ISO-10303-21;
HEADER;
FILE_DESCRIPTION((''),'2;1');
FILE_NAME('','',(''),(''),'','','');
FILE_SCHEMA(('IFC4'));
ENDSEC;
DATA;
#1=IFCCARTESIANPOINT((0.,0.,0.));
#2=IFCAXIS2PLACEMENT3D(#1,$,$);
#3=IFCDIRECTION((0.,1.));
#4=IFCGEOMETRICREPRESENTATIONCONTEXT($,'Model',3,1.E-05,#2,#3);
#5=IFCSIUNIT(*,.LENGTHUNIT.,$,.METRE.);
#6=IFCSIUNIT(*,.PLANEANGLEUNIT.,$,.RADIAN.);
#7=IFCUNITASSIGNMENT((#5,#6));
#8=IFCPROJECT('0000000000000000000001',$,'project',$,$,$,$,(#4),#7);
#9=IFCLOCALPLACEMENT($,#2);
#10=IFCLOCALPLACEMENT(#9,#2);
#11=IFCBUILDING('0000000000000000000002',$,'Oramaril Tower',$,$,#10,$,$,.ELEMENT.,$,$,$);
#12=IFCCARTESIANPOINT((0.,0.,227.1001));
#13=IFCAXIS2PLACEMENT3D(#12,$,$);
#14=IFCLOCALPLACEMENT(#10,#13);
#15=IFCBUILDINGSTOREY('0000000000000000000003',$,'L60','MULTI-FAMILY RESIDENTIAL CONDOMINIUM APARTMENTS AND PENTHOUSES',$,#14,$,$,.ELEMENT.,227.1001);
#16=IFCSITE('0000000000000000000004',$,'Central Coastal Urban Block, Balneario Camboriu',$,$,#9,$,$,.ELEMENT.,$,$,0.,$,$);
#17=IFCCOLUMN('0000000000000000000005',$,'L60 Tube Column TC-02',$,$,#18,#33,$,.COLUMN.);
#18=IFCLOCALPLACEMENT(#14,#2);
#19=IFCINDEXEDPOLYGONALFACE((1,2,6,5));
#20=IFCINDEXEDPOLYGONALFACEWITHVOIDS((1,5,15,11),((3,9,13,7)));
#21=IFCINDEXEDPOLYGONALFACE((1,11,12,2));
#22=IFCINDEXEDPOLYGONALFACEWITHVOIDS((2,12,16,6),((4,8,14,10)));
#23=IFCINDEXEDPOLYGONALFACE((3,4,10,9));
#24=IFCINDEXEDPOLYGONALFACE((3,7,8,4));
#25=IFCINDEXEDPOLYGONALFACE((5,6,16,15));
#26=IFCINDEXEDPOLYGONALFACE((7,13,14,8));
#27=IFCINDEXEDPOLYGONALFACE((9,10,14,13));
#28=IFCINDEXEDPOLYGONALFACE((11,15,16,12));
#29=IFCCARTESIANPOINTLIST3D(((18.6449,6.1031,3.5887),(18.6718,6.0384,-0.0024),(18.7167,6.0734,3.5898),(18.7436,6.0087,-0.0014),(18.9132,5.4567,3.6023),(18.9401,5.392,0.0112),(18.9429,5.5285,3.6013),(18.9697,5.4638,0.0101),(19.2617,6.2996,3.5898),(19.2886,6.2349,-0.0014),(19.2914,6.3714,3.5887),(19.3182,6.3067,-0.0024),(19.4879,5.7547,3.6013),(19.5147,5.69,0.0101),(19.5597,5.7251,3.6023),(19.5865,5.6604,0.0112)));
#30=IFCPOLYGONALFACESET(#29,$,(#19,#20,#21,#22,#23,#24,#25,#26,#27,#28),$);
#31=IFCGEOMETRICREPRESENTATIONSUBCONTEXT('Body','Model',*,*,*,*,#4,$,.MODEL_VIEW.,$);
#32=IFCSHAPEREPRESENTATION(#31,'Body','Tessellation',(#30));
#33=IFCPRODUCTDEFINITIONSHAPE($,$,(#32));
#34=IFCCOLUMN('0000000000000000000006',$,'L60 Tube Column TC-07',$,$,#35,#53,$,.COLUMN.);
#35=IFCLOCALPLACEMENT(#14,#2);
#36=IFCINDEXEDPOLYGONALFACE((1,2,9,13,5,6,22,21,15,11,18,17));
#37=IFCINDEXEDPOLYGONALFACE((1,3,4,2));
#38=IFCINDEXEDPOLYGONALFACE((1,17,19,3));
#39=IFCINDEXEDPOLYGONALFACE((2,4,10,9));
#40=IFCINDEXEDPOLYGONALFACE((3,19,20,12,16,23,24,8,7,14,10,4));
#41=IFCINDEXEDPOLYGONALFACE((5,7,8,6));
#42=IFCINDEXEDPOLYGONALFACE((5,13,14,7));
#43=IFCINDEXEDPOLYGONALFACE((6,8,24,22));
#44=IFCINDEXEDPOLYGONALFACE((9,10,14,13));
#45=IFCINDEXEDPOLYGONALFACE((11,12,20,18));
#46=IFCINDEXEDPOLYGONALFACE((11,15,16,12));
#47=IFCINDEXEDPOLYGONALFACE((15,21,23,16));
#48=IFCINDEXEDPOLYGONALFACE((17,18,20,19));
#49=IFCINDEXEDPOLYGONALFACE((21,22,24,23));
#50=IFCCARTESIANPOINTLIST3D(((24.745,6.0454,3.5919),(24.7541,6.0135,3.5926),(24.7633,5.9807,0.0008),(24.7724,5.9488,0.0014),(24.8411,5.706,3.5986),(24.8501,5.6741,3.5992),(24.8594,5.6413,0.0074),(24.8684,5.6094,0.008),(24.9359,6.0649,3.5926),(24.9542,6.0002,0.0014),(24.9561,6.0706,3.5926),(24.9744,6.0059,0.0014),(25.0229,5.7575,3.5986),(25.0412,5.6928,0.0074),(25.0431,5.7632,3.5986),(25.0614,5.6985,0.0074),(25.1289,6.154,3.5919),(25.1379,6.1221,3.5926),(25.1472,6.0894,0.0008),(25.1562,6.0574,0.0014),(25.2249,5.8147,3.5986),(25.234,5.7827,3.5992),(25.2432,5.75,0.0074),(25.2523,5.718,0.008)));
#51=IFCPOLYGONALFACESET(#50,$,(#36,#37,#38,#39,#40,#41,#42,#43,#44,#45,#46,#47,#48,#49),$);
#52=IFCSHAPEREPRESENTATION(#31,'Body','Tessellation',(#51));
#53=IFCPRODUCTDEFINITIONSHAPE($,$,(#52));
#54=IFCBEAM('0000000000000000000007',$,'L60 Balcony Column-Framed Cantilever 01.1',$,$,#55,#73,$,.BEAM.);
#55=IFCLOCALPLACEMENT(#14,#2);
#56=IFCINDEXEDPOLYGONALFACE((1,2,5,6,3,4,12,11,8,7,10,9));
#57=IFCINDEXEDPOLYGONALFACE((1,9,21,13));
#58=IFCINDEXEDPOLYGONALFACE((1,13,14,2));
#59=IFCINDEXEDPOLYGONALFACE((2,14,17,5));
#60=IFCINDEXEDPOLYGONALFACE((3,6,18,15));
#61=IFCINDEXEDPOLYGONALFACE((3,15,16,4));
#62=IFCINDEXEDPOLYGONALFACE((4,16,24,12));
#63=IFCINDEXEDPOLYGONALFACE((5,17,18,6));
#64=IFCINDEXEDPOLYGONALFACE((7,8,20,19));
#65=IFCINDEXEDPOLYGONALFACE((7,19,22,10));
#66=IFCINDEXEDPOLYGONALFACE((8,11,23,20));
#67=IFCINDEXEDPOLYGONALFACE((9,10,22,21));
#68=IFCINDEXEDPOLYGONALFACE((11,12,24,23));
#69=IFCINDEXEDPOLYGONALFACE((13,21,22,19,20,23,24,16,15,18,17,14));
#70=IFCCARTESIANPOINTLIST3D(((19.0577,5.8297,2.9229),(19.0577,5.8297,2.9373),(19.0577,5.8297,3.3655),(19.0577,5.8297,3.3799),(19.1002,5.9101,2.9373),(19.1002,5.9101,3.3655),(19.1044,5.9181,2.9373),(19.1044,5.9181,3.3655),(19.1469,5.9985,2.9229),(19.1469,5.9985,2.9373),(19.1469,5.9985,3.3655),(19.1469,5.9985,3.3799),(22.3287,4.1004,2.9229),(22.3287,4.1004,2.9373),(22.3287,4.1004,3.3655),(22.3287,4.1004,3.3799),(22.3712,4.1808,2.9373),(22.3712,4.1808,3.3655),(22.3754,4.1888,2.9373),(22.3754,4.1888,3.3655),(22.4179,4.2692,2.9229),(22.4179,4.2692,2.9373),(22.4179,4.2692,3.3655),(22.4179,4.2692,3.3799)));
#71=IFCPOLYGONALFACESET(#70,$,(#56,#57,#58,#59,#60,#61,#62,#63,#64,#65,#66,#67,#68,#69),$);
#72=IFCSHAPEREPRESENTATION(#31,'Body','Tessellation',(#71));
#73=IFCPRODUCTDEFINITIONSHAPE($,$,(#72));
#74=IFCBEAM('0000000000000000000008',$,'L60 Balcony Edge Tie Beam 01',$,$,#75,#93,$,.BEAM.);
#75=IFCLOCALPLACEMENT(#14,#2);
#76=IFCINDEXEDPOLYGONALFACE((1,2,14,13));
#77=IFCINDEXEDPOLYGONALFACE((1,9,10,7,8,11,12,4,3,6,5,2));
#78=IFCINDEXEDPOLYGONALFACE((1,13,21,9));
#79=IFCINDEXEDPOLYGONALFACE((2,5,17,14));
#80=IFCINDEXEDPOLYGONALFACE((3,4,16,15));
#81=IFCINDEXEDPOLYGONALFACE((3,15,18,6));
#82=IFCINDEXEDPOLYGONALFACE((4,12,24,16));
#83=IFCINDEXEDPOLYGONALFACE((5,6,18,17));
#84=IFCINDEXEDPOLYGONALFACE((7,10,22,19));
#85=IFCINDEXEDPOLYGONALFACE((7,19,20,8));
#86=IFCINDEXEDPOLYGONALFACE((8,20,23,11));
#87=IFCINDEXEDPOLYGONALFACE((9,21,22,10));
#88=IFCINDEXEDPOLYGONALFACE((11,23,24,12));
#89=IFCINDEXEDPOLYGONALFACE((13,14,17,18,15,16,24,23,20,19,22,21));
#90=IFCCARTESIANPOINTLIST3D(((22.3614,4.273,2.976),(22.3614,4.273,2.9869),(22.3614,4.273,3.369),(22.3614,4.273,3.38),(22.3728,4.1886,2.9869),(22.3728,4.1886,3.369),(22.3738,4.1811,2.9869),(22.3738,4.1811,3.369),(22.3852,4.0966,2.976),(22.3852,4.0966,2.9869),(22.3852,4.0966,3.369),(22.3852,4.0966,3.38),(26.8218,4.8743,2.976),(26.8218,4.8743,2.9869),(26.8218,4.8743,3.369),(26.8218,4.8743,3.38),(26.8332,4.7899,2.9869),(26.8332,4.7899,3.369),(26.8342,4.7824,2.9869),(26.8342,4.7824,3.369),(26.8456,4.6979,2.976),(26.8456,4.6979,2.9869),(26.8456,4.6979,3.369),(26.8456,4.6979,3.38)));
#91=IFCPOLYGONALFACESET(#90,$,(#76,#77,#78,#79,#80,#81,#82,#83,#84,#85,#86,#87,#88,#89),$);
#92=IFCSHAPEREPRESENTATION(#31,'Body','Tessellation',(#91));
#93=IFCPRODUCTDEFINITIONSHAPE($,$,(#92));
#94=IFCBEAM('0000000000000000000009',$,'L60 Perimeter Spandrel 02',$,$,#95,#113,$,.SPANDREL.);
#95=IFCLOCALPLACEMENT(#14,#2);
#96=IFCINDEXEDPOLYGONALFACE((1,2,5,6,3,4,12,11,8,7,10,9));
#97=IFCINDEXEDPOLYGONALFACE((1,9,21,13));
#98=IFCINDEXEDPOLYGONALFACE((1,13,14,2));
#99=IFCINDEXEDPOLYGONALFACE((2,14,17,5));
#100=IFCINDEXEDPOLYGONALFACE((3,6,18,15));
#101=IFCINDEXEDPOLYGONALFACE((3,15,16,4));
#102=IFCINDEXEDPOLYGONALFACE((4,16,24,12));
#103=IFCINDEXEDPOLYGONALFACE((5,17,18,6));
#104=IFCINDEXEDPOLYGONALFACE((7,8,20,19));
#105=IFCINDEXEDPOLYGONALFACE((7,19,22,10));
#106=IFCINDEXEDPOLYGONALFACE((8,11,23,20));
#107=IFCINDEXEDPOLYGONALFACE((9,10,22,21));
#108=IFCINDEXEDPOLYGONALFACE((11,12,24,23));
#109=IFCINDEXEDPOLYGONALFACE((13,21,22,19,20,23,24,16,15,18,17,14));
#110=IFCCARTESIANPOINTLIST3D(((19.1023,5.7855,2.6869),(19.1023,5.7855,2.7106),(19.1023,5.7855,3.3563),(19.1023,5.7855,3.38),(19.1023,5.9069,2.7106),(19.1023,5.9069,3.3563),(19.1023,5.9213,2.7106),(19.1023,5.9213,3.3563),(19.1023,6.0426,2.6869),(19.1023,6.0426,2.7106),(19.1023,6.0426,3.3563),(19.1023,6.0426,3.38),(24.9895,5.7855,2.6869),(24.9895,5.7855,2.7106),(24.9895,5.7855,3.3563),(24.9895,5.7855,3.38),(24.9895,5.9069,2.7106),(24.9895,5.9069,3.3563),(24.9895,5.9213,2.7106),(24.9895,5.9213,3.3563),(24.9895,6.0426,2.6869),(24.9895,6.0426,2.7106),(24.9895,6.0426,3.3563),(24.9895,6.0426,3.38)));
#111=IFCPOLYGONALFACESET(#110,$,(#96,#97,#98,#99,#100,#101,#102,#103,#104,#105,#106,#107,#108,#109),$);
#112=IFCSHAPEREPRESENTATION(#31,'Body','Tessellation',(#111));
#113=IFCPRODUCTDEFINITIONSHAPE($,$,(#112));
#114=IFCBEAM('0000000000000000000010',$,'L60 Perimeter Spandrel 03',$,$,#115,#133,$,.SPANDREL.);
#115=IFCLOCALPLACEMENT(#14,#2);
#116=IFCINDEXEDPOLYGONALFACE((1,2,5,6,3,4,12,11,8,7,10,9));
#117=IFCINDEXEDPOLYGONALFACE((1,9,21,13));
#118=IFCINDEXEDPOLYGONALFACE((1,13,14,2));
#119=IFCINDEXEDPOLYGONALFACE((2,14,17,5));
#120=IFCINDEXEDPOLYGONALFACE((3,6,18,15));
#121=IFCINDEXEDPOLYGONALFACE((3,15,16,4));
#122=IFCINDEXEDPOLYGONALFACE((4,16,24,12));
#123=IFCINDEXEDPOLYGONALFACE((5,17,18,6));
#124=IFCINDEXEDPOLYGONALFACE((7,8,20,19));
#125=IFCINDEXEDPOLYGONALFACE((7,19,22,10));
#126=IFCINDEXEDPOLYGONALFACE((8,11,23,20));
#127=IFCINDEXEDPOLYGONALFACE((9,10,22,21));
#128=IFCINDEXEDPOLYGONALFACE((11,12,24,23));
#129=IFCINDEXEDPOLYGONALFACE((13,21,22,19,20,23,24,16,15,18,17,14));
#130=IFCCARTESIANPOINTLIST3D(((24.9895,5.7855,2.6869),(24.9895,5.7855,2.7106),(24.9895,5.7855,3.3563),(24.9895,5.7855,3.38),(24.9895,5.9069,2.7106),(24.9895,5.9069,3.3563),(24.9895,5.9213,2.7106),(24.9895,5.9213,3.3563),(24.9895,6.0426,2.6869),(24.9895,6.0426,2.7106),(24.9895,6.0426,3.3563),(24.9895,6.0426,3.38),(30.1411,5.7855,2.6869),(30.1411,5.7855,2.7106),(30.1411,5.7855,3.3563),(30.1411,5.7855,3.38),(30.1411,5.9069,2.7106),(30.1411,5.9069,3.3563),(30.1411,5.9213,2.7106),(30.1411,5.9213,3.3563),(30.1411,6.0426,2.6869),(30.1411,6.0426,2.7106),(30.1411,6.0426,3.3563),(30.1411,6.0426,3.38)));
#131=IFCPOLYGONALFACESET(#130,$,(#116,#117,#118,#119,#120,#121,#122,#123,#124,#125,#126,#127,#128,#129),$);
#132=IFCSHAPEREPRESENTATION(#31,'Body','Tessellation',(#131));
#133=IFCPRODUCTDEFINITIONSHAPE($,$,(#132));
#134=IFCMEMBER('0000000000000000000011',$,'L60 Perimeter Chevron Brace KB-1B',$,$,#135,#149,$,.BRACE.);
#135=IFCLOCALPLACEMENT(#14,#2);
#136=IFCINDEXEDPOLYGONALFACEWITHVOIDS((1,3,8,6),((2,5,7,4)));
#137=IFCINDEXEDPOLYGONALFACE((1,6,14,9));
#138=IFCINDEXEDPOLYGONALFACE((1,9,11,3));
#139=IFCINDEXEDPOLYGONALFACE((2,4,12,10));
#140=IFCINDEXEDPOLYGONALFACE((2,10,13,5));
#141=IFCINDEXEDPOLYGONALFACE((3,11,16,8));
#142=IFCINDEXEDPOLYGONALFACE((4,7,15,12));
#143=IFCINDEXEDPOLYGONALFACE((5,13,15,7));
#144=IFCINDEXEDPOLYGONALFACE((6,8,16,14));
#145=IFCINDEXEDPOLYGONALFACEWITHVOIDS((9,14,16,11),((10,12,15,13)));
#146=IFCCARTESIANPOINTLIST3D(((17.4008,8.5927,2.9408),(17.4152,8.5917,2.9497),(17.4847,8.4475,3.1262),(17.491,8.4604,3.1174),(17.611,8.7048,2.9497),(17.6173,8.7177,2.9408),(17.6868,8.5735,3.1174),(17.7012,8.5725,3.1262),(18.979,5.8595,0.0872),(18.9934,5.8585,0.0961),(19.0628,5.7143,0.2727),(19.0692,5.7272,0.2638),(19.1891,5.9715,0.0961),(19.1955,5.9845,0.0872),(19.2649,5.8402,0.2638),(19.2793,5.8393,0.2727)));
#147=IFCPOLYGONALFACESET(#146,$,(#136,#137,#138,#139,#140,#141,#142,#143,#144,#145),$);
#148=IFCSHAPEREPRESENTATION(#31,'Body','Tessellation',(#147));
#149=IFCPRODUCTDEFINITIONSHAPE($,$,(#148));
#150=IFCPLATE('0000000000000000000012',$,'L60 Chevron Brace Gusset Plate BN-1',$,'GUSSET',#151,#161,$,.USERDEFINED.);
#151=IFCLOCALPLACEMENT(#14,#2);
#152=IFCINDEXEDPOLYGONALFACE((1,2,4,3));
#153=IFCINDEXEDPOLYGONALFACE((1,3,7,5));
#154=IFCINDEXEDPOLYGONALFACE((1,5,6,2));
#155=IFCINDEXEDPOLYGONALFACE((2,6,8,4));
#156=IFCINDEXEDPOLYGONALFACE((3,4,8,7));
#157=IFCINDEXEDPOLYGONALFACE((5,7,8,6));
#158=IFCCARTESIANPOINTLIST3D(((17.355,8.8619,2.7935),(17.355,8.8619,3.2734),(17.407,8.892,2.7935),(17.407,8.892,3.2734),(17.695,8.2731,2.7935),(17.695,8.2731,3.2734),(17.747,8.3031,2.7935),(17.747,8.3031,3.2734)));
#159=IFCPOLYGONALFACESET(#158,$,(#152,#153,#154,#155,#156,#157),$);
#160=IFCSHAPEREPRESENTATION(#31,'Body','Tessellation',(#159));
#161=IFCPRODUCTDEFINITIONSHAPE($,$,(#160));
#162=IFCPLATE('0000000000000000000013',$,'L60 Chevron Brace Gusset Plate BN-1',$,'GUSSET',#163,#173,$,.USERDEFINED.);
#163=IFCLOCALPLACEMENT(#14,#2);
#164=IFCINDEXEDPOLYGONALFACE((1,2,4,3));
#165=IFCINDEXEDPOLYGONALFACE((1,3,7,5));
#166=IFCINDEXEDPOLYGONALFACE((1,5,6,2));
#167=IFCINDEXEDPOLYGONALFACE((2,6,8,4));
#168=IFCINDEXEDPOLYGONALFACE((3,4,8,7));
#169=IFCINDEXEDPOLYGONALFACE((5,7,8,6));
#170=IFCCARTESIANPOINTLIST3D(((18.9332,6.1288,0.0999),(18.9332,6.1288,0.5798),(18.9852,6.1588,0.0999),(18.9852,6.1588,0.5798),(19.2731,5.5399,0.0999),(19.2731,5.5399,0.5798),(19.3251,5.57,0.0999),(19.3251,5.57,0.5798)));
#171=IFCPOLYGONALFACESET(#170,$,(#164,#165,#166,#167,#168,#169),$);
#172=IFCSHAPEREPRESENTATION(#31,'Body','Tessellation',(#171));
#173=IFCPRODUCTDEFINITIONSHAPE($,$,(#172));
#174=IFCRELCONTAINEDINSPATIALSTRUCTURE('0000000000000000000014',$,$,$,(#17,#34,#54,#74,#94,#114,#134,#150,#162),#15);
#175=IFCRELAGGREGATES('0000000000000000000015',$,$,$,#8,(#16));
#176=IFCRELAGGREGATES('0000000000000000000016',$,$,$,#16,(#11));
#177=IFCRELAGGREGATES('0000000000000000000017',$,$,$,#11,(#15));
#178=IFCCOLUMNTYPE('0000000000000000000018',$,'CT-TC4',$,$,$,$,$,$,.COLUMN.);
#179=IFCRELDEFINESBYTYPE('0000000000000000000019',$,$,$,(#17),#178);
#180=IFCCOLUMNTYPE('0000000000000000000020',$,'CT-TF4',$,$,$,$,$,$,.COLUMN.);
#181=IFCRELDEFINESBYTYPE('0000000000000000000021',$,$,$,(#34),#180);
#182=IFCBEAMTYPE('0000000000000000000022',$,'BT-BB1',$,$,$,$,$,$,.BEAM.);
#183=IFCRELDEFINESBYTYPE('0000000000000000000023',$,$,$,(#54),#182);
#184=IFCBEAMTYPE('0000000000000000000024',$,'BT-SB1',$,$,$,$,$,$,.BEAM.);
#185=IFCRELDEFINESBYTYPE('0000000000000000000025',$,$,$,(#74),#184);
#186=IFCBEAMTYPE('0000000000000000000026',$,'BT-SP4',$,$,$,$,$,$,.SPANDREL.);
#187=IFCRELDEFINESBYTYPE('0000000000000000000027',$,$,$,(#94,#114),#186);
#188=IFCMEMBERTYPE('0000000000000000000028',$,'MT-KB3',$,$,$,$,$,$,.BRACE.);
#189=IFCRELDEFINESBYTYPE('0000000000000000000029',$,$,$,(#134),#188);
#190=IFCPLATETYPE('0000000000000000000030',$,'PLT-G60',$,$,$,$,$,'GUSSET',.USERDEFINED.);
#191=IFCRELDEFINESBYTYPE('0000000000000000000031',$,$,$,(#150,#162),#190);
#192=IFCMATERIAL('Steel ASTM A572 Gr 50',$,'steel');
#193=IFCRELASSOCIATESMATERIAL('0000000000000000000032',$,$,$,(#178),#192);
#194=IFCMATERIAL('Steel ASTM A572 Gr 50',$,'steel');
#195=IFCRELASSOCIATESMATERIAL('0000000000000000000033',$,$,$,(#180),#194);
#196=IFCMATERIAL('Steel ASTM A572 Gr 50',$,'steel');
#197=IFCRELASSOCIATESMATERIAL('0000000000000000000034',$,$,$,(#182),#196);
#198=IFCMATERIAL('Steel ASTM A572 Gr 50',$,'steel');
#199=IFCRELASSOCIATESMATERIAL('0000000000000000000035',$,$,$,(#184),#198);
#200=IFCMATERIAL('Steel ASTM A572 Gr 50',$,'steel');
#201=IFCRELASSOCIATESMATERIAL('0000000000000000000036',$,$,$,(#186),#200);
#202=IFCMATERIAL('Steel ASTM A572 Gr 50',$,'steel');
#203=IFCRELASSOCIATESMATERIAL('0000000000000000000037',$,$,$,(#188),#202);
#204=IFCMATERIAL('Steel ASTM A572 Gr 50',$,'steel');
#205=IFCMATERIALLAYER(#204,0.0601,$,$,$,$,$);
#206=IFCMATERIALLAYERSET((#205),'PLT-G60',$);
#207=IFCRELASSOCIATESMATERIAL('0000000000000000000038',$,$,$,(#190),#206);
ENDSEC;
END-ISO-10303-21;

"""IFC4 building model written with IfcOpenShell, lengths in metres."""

from ifc_helpers import new_model, si_unit, direction, frame, origin, origin_2d, place, context, subcontext, project, spatial, rectangle, hollow_rectangle, i_section, extrude, material, layer, layer_set, material_profile, profile_set, type_object, element, save


model = new_model("IFC4")

# Units and contexts
model_context = context("Model", 3, precision=1e-05, world=origin(), true_north=direction((0.0, 1.0)))
body_context = subcontext(model_context, "Body", "Model", "MODEL_VIEW")
ifc_project = project(units=[si_unit("LENGTHUNIT", "METRE"), si_unit("PLANEANGLEUNIT", "RADIAN")], contexts=[model_context])

# Site, building, storey
site_placement = place(None, origin())
site = spatial("IfcSite", under=ifc_project, at=site_placement, Name="Central Coastal Urban Block, Balneario Camboriu", CompositionType="ELEMENT", RefElevation=0.0)
building_placement = place(site_placement, origin())
building = spatial("IfcBuilding", under=site, at=building_placement, Name="Oramaril Tower", CompositionType="ELEMENT")
storey_placement = place(building_placement, frame((0.0, 0.0, 227.1001)))
storey = spatial("IfcBuildingStorey", under=building, at=storey_placement, Name="L60", Description="MULTI-FAMILY RESIDENTIAL CONDOMINIUM APARTMENTS AND PENTHOUSES", CompositionType="ELEMENT", Elevation=227.1001)

# Columns
ifc_material_1 = material(Name="Steel ASTM A572 Gr 50", Category="steel")
ifc_material_profile_1 = material_profile(ifc_material_1, hollow_rectangle(XDim=0.7, YDim=0.7, WallThickness=0.0549, at=origin_2d()), Name="BOX700X700X55")
ifc_profile_set_1 = profile_set([ifc_material_profile_1], Name="Steel ASTM A572 Gr 50")
column_type_1 = type_object("IfcColumnType", Name="CT-TC4", PredefinedType="COLUMN", material=ifc_profile_set_1)
column_1_placement = place(storey_placement, frame((19.1292, 5.8494, 0.0044), z_axis=(-0.007477, 0.018013, 0.99981), x_axis=(-0.923592, -0.383378, 0.0)))
element("IfcColumn", 1, at=column_1_placement, inside=storey, type_object=column_type_1, Name="L60 Tube Column TC-02", PredefinedType="COLUMN", context=body_context, shape_type="SweptSolid", body=[
    extrude(hollow_rectangle(XDim=0.7, YDim=0.7, WallThickness=0.0549, at=origin_2d()), origin(), (0.0, 0.0, 1.0), 3.5918),
])
ifc_material_2 = material(Name="Steel ASTM A572 Gr 50", Category="steel")
ifc_material_profile_2 = material_profile(ifc_material_2, i_section(OverallWidth=0.3989, OverallDepth=0.386, WebThickness=0.021, FlangeThickness=0.0332, at=origin_2d()), Name="W14X176")
ifc_profile_set_2 = profile_set([ifc_material_profile_2], Name="Steel ASTM A572 Gr 50")
column_type_2 = type_object("IfcColumnType", Name="CT-TF4", PredefinedType="COLUMN", material=ifc_profile_set_2)
column_2_placement = place(storey_placement, frame((25.0078, 5.8494, 0.0044), z_axis=(-0.005098, 0.018013, 0.999825), x_axis=(-0.962206, -0.272322, 0.0)))
element("IfcColumn", 2, at=column_2_placement, inside=storey, type_object=column_type_2, Name="L60 Tube Column TC-07", PredefinedType="COLUMN", context=body_context, shape_type="SweptSolid", body=[
    extrude(i_section(OverallWidth=0.3989, OverallDepth=0.386, WebThickness=0.021, FlangeThickness=0.0332, at=origin_2d()), origin(), (0.0, 0.0, 1.0), 3.5918),
])

# Beams
ifc_material_3 = material(Name="Steel ASTM A572 Gr 50", Category="steel")
ifc_material_profile_3 = material_profile(ifc_material_3, i_section(OverallWidth=0.1909, OverallDepth=0.457, WebThickness=0.009, FlangeThickness=0.0144, at=origin_2d()), Name="W18X50")
ifc_profile_set_3 = profile_set([ifc_material_profile_3], Name="Steel ASTM A572 Gr 50")
beam_type_1 = type_object("IfcBeamType", Name="BT-BB1", PredefinedType="BEAM", material=ifc_profile_set_3)
beam_1_placement = place(storey_placement, frame((19.1023, 5.9141, 3.1514), z_axis=(0.884062, -0.467369, 0.0), x_axis=(0.467369, 0.884062, 0.0)))
element("IfcBeam", 3, at=beam_1_placement, inside=storey, type_object=beam_type_1, Name="L60 Balcony Column-Framed Cantilever 01.1", PredefinedType="BEAM", context=body_context, shape_type="SweptSolid", body=[
    extrude(i_section(OverallWidth=0.1909, OverallDepth=0.457, WebThickness=0.009, FlangeThickness=0.0144, at=origin_2d()), origin(), (0.0, 0.0, 1.0), 3.7),
])
ifc_material_4 = material(Name="Steel ASTM A572 Gr 50", Category="steel")
ifc_material_profile_4 = material_profile(ifc_material_4, i_section(OverallWidth=0.178, OverallDepth=0.4041, WebThickness=0.0076, FlangeThickness=0.011, at=origin_2d()), Name="W16X36")
ifc_profile_set_4 = profile_set([ifc_material_profile_4], Name="Steel ASTM A572 Gr 50")
beam_type_2 = type_object("IfcBeamType", Name="BT-SB1", PredefinedType="BEAM", material=ifc_profile_set_4)
beam_2_placement = place(storey_placement, frame((22.3733, 4.1848, 3.178), z_axis=(0.991035, 0.133603, 0.0), x_axis=(-0.133603, 0.991035, 0.0)))
element("IfcBeam", 4, at=beam_2_placement, inside=storey, type_object=beam_type_2, Name="L60 Balcony Edge Tie Beam 01", PredefinedType="BEAM", context=body_context, shape_type="SweptSolid", body=[
    extrude(i_section(OverallWidth=0.178, OverallDepth=0.4041, WebThickness=0.0076, FlangeThickness=0.011, at=origin_2d()), origin(), (0.0, 0.0, 1.0), 4.5007),
])
ifc_material_5 = material(Name="Steel ASTM A572 Gr 50", Category="steel")
ifc_material_profile_5 = material_profile(ifc_material_5, i_section(OverallWidth=0.2571, OverallDepth=0.6931, WebThickness=0.0144, FlangeThickness=0.0237, at=origin_2d()), Name="W27X114")
ifc_profile_set_5 = profile_set([ifc_material_profile_5], Name="Steel ASTM A572 Gr 50")
beam_type_3 = type_object("IfcBeamType", Name="BT-SP4", PredefinedType="SPANDREL", material=ifc_profile_set_5)
beam_3_placement = place(storey_placement, frame((19.1023, 5.9141, 3.0334), z_axis=(1.0, 0.0, 0.0), x_axis=(0.0, 1.0, 0.0)))
element("IfcBeam", 5, at=beam_3_placement, inside=storey, type_object=beam_type_3, Name="L60 Perimeter Spandrel 02", PredefinedType="SPANDREL", context=body_context, shape_type="SweptSolid", body=[
    extrude(i_section(OverallWidth=0.2571, OverallDepth=0.6931, WebThickness=0.0144, FlangeThickness=0.0237, at=origin_2d()), origin(), (0.0, 0.0, 1.0), 5.8872),
])
beam_4_placement = place(storey_placement, frame((24.9895, 5.9141, 3.0334), z_axis=(1.0, 0.0, 0.0), x_axis=(0.0, 1.0, 0.0)))
element("IfcBeam", 6, at=beam_4_placement, inside=storey, type_object=beam_type_3, Name="L60 Perimeter Spandrel 03", PredefinedType="SPANDREL", context=body_context, shape_type="SweptSolid", body=[
    extrude(i_section(OverallWidth=0.2571, OverallDepth=0.6931, WebThickness=0.0144, FlangeThickness=0.0237, at=origin_2d()), origin(), (0.0, 0.0, 1.0), 5.1516),
])

# Member
ifc_material_6 = material(Name="Steel ASTM A572 Gr 50", Category="steel")
ifc_material_profile_6 = material_profile(ifc_material_6, hollow_rectangle(XDim=0.25, YDim=0.25, WallThickness=0.012, at=origin_2d()), Name="HSS250X250X12")
ifc_profile_set_6 = profile_set([ifc_material_profile_6], Name="Steel ASTM A572 Gr 50")
member_type = type_object("IfcMemberType", Name="MT-KB3", PredefinedType="BRACE", material=ifc_profile_set_6)
member_placement = place(storey_placement, frame((19.1292, 5.8494, 0.1799), z_axis=(-0.370906, 0.642372, 0.670661), x_axis=(-0.866007, -0.500033, 0.0)))
element("IfcMember", 7, at=member_placement, inside=storey, type_object=member_type, Name="L60 Perimeter Chevron Brace KB-1B", PredefinedType="BRACE", context=body_context, shape_type="SweptSolid", body=[
    extrude(hollow_rectangle(XDim=0.25, YDim=0.25, WallThickness=0.012, at=origin_2d()), origin(), (0.0, 0.0, 1.0), 4.2549),
])

# Plates
ifc_material_7 = material(Name="Steel ASTM A572 Gr 50", Category="steel")
ifc_layer_1 = layer(ifc_material_7, 0.0601)
ifc_layer_set_1 = layer_set([ifc_layer_1], Name="PLT-G60")
plate_type = type_object("IfcPlateType", Name="PLT-G60", ElementType="GUSSET", PredefinedType="USERDEFINED", material=ifc_layer_set_1)
for number, where, z_axis, x_axis, name in (
    (8, (17.551, 8.5825, 2.7935), (0.0, 0.0, 1.0), (0.500003, -0.866024, 0.0), "L60 Chevron Brace Gusset Plate BN-1"),
    (9, (19.1292, 5.8494, 0.0999), (0.0, 0.0, 1.0), (0.500003, -0.866024, 0.0), "L60 Chevron Brace Gusset Plate BN-1"),
):
    element("IfcPlate", number, at=place(storey_placement, frame(where, z_axis=z_axis, x_axis=x_axis)), inside=storey, type_object=plate_type, Name=name, ObjectType="GUSSET", PredefinedType="USERDEFINED", context=body_context, shape_type="SweptSolid", body=[
        extrude(rectangle(XDim=0.6799, YDim=0.0601, at=origin_2d()), origin(), (0.0, 0.0, 1.0), 0.48),
    ])

save(model, "model.ifc")
